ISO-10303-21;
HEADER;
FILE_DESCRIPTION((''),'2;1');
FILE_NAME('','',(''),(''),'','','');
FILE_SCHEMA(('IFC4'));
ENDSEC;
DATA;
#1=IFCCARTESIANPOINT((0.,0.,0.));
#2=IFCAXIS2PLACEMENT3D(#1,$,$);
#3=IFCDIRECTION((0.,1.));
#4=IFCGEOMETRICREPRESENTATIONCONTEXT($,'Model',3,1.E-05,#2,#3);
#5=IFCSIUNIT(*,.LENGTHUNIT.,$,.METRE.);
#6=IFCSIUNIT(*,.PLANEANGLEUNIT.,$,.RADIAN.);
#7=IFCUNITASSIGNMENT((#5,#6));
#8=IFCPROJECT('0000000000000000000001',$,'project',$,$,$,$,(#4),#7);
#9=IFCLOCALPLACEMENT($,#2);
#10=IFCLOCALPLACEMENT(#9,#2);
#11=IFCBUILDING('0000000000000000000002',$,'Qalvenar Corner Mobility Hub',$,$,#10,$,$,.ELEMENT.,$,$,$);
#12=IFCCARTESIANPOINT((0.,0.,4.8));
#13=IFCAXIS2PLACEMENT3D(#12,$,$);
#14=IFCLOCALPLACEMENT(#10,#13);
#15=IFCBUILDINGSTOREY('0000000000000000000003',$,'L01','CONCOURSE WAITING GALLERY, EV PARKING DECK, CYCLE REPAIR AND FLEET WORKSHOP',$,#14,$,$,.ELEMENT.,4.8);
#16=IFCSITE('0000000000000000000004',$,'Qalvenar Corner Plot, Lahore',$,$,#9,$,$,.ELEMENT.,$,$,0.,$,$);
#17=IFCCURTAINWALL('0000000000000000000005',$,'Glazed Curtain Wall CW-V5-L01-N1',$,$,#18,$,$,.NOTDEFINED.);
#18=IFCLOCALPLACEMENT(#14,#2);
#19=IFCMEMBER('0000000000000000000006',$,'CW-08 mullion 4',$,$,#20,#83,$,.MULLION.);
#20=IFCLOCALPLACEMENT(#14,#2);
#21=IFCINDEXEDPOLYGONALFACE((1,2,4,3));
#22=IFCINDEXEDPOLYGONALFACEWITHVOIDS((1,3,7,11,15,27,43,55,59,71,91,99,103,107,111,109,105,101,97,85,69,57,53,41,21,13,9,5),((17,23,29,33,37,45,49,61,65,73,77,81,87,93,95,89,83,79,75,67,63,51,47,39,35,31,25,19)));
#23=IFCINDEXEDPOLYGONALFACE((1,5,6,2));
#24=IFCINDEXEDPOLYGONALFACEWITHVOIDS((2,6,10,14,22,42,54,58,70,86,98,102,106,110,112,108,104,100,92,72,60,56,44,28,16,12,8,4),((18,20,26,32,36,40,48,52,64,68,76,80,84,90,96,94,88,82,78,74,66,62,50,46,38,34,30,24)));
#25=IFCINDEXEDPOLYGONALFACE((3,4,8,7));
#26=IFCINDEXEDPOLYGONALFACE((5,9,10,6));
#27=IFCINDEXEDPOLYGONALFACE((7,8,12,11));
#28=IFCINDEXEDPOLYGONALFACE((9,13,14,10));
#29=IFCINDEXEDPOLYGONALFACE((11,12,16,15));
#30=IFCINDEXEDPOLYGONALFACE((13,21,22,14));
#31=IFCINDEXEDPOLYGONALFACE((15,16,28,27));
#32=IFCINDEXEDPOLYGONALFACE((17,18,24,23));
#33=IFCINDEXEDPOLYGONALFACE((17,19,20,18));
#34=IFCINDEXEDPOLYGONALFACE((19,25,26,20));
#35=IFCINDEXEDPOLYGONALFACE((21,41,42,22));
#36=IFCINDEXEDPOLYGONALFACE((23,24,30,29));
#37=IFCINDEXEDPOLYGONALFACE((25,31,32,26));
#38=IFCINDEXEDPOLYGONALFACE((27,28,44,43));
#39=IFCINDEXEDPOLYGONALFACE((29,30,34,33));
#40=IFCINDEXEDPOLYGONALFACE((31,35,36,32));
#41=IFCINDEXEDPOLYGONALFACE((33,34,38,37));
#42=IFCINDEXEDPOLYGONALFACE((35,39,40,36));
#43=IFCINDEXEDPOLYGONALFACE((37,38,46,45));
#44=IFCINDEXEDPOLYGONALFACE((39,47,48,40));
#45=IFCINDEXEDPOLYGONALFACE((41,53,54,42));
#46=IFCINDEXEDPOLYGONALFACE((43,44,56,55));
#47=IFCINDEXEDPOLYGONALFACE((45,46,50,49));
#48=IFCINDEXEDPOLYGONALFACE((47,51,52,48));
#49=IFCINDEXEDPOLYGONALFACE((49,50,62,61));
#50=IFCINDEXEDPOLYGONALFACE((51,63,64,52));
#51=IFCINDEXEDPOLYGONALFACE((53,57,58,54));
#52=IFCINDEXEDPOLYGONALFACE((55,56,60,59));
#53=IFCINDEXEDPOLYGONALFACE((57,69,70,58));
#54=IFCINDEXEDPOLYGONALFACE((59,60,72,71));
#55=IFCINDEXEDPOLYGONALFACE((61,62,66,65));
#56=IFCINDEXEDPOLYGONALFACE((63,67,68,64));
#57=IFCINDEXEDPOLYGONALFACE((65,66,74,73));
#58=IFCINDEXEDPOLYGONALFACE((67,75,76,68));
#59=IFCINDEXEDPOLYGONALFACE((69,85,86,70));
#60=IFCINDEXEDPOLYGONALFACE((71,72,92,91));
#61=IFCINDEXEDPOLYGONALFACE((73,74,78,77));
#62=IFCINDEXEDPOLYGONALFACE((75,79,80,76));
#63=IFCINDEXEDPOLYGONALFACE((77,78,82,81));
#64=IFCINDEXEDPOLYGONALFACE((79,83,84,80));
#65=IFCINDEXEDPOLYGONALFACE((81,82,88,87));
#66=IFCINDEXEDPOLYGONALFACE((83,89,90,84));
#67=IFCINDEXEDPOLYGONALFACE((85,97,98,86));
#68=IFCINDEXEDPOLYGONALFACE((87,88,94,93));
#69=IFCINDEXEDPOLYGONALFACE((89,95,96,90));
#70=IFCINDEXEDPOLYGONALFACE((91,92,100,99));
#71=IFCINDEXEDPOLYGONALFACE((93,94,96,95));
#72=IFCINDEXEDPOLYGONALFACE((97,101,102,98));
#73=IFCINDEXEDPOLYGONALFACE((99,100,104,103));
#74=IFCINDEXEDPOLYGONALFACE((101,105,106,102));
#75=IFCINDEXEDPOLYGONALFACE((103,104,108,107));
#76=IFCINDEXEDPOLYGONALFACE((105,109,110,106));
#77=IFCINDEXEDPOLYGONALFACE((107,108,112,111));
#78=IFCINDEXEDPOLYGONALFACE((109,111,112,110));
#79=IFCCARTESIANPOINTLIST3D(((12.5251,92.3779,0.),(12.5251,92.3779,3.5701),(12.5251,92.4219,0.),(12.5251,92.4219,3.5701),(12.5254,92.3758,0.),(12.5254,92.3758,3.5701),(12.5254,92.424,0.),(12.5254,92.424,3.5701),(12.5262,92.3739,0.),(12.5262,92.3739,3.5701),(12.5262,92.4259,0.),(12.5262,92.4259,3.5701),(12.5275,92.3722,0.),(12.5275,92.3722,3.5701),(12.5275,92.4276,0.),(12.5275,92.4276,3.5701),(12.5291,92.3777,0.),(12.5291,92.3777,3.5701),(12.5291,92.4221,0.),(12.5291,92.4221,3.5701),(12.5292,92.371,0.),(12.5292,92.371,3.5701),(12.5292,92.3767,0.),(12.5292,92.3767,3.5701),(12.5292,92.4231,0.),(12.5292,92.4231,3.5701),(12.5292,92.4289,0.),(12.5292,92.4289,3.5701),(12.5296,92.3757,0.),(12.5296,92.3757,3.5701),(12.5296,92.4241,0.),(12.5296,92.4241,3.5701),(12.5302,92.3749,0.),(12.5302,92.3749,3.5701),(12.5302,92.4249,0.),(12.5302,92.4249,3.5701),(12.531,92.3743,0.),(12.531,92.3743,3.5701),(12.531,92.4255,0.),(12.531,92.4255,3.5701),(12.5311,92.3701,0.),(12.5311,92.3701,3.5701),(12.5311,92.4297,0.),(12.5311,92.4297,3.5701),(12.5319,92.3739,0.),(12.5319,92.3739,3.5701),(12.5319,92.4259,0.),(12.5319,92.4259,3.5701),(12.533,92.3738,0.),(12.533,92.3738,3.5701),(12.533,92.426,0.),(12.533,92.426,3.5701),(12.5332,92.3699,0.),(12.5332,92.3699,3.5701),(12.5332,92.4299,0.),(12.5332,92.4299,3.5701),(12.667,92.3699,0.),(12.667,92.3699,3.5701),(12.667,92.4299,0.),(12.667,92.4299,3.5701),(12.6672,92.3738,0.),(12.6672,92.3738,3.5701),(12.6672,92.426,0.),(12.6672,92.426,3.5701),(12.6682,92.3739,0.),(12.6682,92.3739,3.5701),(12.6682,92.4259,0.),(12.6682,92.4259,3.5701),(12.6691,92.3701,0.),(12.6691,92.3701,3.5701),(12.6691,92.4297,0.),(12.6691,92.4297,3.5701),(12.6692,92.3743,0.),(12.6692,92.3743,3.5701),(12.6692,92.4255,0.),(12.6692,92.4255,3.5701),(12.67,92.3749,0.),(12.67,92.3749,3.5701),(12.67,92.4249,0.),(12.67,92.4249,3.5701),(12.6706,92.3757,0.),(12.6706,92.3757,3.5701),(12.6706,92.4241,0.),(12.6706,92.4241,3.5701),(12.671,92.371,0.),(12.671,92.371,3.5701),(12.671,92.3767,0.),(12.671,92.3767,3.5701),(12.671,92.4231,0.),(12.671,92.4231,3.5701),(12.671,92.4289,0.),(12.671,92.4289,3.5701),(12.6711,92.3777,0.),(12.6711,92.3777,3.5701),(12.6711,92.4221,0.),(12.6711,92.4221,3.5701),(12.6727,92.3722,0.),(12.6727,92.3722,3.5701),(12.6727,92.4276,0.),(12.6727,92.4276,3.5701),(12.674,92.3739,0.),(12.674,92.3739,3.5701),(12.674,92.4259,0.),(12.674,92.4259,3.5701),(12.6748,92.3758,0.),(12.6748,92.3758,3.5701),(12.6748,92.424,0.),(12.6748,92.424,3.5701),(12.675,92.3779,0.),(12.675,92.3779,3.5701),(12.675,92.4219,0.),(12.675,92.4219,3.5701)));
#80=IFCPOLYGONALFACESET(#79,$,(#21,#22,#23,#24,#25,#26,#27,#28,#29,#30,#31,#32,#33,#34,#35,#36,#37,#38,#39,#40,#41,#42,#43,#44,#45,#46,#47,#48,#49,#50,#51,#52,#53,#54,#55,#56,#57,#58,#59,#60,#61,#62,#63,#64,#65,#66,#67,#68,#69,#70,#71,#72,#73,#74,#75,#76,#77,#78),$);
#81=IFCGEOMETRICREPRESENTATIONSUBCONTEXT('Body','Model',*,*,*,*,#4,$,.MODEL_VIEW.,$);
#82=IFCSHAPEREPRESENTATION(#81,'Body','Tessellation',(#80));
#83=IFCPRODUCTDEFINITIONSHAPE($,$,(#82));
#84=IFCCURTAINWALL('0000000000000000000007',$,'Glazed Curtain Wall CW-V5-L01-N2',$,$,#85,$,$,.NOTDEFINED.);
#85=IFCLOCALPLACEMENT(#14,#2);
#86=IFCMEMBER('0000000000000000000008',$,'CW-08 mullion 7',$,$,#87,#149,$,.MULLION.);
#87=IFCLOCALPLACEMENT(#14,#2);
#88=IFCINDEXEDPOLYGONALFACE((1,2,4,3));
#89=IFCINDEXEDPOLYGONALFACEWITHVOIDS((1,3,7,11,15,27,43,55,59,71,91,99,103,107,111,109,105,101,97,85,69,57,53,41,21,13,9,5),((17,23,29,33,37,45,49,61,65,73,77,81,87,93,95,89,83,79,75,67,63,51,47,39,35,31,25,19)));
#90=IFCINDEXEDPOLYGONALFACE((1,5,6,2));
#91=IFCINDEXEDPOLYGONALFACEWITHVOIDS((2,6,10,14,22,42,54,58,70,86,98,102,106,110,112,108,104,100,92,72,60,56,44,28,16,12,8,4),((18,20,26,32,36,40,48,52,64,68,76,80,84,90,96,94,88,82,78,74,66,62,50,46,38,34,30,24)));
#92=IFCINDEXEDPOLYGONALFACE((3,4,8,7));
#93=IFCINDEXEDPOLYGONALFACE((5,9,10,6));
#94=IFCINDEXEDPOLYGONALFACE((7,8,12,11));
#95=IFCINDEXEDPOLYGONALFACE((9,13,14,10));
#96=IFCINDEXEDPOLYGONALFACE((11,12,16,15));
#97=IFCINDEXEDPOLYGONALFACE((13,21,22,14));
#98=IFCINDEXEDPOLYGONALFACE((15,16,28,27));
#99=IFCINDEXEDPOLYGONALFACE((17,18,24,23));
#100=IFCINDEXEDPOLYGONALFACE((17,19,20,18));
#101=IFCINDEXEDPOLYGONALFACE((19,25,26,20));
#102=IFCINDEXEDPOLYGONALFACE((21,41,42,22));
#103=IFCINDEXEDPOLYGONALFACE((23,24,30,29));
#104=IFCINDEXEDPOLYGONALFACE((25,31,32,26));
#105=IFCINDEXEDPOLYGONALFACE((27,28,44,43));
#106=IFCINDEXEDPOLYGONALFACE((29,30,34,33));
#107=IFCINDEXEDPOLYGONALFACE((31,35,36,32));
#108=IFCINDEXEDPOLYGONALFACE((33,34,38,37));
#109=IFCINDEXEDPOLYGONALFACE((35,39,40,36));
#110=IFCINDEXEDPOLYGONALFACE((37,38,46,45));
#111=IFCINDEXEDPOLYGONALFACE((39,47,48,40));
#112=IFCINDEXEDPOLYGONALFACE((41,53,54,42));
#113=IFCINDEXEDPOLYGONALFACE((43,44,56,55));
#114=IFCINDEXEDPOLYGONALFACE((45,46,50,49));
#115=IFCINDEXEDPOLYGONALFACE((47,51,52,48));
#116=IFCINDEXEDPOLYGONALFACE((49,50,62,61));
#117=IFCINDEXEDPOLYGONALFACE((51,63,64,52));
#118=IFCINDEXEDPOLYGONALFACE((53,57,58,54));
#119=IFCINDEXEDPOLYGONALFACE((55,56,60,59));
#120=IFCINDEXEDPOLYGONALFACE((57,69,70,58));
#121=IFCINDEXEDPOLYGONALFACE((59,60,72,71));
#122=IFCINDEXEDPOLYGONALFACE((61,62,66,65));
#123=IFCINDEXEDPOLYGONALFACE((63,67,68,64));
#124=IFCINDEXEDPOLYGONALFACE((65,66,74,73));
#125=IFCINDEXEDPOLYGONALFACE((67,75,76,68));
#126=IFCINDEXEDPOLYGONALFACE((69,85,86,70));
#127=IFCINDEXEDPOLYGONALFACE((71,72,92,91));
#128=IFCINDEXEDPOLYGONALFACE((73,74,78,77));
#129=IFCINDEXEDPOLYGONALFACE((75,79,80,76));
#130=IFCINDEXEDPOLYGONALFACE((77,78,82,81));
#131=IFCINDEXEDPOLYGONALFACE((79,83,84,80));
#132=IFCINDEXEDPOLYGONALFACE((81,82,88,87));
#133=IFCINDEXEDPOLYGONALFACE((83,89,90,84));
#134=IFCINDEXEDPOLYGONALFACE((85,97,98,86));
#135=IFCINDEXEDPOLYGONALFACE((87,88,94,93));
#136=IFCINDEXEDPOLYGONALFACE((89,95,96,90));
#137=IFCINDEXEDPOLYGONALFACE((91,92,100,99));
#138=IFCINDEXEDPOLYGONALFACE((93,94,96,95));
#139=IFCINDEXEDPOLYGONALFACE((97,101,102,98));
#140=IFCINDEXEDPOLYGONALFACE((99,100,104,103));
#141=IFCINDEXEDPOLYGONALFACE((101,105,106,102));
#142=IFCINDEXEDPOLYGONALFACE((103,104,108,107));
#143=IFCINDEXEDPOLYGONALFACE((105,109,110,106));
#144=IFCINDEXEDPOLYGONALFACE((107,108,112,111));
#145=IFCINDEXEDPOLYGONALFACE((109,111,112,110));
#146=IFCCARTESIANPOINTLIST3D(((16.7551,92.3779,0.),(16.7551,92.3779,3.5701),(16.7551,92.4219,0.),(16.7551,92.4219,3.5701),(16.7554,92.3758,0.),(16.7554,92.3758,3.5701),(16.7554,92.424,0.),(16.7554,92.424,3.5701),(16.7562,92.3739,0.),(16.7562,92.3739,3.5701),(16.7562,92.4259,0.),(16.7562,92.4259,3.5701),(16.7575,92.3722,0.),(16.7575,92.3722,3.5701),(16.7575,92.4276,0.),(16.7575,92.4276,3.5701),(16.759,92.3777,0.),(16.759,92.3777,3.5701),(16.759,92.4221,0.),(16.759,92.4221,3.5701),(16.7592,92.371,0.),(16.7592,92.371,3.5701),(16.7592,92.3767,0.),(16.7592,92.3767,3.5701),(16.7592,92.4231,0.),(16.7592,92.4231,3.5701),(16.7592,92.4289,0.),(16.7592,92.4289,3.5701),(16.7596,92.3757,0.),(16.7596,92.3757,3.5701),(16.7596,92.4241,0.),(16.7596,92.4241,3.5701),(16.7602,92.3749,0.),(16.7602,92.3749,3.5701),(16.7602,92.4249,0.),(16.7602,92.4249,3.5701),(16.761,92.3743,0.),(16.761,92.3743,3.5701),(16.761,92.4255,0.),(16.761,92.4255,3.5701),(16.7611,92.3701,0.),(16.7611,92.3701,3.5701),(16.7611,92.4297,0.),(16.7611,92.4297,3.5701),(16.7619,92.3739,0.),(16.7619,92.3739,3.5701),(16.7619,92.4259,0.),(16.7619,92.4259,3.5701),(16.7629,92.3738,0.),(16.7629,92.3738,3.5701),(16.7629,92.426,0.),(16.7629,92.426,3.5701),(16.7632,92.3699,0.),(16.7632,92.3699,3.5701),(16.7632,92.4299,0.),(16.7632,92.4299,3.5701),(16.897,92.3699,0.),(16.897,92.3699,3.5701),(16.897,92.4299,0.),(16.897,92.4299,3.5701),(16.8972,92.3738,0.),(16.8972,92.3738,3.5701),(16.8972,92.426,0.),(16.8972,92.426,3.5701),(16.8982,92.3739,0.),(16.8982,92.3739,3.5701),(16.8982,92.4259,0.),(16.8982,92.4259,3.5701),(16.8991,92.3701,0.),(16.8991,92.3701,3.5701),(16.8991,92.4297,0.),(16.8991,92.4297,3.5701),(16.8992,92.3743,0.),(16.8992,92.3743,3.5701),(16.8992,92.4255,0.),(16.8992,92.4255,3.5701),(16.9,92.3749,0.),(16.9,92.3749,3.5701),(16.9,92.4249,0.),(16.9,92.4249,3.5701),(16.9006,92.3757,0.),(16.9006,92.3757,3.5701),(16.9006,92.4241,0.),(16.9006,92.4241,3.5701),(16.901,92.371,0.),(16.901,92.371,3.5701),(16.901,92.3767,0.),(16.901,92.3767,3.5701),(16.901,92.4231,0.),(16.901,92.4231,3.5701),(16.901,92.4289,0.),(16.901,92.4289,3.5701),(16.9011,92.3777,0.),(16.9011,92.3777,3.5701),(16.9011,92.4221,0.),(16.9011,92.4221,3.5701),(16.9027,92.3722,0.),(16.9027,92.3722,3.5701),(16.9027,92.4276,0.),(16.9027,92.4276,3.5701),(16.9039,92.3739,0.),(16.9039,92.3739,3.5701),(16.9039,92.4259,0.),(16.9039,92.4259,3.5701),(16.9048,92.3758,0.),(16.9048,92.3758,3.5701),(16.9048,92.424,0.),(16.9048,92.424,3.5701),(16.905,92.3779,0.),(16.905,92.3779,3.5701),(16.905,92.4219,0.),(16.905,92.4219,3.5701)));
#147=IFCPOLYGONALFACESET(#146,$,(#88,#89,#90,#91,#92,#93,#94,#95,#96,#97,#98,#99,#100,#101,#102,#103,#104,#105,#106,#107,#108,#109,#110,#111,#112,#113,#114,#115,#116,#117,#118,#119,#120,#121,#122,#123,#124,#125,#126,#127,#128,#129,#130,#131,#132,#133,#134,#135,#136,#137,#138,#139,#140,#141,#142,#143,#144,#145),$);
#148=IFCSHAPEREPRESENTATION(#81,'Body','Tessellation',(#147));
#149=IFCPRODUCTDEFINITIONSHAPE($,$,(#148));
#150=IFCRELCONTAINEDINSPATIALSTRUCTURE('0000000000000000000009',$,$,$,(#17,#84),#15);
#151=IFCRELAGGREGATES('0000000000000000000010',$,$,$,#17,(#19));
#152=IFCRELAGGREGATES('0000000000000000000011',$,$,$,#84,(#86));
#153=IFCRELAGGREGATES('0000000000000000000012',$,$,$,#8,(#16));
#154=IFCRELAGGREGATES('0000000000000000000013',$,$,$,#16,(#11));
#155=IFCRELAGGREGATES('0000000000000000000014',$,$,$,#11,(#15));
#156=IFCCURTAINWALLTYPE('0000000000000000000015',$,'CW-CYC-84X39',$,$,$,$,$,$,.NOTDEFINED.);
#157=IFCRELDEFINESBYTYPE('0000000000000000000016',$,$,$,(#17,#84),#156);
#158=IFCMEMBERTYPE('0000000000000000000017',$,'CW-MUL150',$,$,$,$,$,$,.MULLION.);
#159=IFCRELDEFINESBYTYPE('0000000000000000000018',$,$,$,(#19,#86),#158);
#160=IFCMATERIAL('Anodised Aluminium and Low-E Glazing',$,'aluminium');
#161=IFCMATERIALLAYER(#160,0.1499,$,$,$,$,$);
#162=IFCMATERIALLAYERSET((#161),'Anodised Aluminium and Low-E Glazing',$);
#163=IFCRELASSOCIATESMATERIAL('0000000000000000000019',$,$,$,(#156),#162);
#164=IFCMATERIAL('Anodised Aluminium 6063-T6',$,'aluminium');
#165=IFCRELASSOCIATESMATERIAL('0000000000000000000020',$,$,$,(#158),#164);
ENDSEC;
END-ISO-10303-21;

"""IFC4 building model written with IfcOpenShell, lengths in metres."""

from ifc_helpers import new_model, si_unit, direction, frame, origin, origin_2d, place, context, subcontext, project, spatial, hollow_rectangle, extrude, material, layer, layer_set, material_profile, profile_set, type_object, element, aggregate, save


model = new_model("IFC4")

# Units and contexts
model_context = context("Model", 3, precision=1e-05, world=origin(), true_north=direction((0.0, 1.0)))
body_context = subcontext(model_context, "Body", "Model", "MODEL_VIEW")
ifc_project = project(units=[si_unit("LENGTHUNIT", "METRE"), si_unit("PLANEANGLEUNIT", "RADIAN")], contexts=[model_context])

# Site, building, storey
site_placement = place(None, origin())
site = spatial("IfcSite", under=ifc_project, at=site_placement, Name="Qalvenar Corner Plot, Lahore", CompositionType="ELEMENT", RefElevation=0.0)
building_placement = place(site_placement, origin())
building = spatial("IfcBuilding", under=site, at=building_placement, Name="Qalvenar Corner Mobility Hub", CompositionType="ELEMENT")
storey_placement = place(building_placement, frame((0.0, 0.0, 4.8)))
storey = spatial("IfcBuildingStorey", under=building, at=storey_placement, Name="L01", Description="CONCOURSE WAITING GALLERY, EV PARKING DECK, CYCLE REPAIR AND FLEET WORKSHOP", CompositionType="ELEMENT", Elevation=4.8)

# Curtain wall, member
ifc_material_1 = material(Name="Anodised Aluminium and Low-E Glazing", Category="aluminium")
ifc_layer_1 = layer(ifc_material_1, 0.1499)
ifc_layer_set_1 = layer_set([ifc_layer_1], Name="Anodised Aluminium and Low-E Glazing")
curtain_wall_type = type_object("IfcCurtainWallType", Name="CW-CYC-84X39", PredefinedType="NOTDEFINED", material=ifc_layer_set_1)
curtain_wall_1_placement = place(storey_placement, origin())
curtain_wall_1 = element("IfcCurtainWall", 1, at=curtain_wall_1_placement, inside=storey, type_object=curtain_wall_type, Name="Glazed Curtain Wall CW-V5-L01-N1", PredefinedType="NOTDEFINED")
ifc_material_2 = material(Name="Anodised Aluminium 6063-T6", Category="aluminium")
ifc_material_profile_1 = material_profile(ifc_material_2, hollow_rectangle(XDim=0.0601, YDim=0.1499, WallThickness=0.0039, InnerFilletRadius=0.0039, OuterFilletRadius=0.0081, at=origin_2d()), Name="RHS150x60x4")
ifc_profile_set_1 = profile_set([ifc_material_profile_1], Name="Anodised Aluminium 6063-T6")
member_type_1 = type_object("IfcMemberType", Name="CW-MUL150", PredefinedType="MULLION", material=ifc_profile_set_1)
member_1_placement = place(storey_placement, frame((12.6001, 92.3999, 0.0), z_axis=(0.0, 0.0, 1.0), x_axis=(0.0, -1.0, 0.0)))
member_1 = element("IfcMember", 2, at=member_1_placement, type_object=member_type_1, Name="CW-08 mullion 4", PredefinedType="MULLION", context=body_context, shape_type="SweptSolid", body=[
    extrude(hollow_rectangle(XDim=0.0601, YDim=0.1499, WallThickness=0.0039, InnerFilletRadius=0.0039, OuterFilletRadius=0.0081, at=origin_2d()), origin(), (0.0, 0.0, 1.0), 3.5701),
])

# Curtain wall, member
curtain_wall_2_placement = place(storey_placement, origin())
curtain_wall_2 = element("IfcCurtainWall", 3, at=curtain_wall_2_placement, inside=storey, type_object=curtain_wall_type, Name="Glazed Curtain Wall CW-V5-L01-N2", PredefinedType="NOTDEFINED")
member_2_placement = place(storey_placement, frame((16.8301, 92.3999, 0.0), z_axis=(0.0, 0.0, 1.0), x_axis=(0.0, -1.0, 0.0)))
member_2 = element("IfcMember", 4, at=member_2_placement, type_object=member_type_1, Name="CW-08 mullion 7", PredefinedType="MULLION", context=body_context, shape_type="SweptSolid", body=[
    extrude(hollow_rectangle(XDim=0.0601, YDim=0.1499, WallThickness=0.0039, InnerFilletRadius=0.0039, OuterFilletRadius=0.0081, at=origin_2d()), origin(), (0.0, 0.0, 1.0), 3.5701),
])

aggregate(curtain_wall_1, [member_1])
aggregate(curtain_wall_2, [member_2])

save(model, "model.ifc")
